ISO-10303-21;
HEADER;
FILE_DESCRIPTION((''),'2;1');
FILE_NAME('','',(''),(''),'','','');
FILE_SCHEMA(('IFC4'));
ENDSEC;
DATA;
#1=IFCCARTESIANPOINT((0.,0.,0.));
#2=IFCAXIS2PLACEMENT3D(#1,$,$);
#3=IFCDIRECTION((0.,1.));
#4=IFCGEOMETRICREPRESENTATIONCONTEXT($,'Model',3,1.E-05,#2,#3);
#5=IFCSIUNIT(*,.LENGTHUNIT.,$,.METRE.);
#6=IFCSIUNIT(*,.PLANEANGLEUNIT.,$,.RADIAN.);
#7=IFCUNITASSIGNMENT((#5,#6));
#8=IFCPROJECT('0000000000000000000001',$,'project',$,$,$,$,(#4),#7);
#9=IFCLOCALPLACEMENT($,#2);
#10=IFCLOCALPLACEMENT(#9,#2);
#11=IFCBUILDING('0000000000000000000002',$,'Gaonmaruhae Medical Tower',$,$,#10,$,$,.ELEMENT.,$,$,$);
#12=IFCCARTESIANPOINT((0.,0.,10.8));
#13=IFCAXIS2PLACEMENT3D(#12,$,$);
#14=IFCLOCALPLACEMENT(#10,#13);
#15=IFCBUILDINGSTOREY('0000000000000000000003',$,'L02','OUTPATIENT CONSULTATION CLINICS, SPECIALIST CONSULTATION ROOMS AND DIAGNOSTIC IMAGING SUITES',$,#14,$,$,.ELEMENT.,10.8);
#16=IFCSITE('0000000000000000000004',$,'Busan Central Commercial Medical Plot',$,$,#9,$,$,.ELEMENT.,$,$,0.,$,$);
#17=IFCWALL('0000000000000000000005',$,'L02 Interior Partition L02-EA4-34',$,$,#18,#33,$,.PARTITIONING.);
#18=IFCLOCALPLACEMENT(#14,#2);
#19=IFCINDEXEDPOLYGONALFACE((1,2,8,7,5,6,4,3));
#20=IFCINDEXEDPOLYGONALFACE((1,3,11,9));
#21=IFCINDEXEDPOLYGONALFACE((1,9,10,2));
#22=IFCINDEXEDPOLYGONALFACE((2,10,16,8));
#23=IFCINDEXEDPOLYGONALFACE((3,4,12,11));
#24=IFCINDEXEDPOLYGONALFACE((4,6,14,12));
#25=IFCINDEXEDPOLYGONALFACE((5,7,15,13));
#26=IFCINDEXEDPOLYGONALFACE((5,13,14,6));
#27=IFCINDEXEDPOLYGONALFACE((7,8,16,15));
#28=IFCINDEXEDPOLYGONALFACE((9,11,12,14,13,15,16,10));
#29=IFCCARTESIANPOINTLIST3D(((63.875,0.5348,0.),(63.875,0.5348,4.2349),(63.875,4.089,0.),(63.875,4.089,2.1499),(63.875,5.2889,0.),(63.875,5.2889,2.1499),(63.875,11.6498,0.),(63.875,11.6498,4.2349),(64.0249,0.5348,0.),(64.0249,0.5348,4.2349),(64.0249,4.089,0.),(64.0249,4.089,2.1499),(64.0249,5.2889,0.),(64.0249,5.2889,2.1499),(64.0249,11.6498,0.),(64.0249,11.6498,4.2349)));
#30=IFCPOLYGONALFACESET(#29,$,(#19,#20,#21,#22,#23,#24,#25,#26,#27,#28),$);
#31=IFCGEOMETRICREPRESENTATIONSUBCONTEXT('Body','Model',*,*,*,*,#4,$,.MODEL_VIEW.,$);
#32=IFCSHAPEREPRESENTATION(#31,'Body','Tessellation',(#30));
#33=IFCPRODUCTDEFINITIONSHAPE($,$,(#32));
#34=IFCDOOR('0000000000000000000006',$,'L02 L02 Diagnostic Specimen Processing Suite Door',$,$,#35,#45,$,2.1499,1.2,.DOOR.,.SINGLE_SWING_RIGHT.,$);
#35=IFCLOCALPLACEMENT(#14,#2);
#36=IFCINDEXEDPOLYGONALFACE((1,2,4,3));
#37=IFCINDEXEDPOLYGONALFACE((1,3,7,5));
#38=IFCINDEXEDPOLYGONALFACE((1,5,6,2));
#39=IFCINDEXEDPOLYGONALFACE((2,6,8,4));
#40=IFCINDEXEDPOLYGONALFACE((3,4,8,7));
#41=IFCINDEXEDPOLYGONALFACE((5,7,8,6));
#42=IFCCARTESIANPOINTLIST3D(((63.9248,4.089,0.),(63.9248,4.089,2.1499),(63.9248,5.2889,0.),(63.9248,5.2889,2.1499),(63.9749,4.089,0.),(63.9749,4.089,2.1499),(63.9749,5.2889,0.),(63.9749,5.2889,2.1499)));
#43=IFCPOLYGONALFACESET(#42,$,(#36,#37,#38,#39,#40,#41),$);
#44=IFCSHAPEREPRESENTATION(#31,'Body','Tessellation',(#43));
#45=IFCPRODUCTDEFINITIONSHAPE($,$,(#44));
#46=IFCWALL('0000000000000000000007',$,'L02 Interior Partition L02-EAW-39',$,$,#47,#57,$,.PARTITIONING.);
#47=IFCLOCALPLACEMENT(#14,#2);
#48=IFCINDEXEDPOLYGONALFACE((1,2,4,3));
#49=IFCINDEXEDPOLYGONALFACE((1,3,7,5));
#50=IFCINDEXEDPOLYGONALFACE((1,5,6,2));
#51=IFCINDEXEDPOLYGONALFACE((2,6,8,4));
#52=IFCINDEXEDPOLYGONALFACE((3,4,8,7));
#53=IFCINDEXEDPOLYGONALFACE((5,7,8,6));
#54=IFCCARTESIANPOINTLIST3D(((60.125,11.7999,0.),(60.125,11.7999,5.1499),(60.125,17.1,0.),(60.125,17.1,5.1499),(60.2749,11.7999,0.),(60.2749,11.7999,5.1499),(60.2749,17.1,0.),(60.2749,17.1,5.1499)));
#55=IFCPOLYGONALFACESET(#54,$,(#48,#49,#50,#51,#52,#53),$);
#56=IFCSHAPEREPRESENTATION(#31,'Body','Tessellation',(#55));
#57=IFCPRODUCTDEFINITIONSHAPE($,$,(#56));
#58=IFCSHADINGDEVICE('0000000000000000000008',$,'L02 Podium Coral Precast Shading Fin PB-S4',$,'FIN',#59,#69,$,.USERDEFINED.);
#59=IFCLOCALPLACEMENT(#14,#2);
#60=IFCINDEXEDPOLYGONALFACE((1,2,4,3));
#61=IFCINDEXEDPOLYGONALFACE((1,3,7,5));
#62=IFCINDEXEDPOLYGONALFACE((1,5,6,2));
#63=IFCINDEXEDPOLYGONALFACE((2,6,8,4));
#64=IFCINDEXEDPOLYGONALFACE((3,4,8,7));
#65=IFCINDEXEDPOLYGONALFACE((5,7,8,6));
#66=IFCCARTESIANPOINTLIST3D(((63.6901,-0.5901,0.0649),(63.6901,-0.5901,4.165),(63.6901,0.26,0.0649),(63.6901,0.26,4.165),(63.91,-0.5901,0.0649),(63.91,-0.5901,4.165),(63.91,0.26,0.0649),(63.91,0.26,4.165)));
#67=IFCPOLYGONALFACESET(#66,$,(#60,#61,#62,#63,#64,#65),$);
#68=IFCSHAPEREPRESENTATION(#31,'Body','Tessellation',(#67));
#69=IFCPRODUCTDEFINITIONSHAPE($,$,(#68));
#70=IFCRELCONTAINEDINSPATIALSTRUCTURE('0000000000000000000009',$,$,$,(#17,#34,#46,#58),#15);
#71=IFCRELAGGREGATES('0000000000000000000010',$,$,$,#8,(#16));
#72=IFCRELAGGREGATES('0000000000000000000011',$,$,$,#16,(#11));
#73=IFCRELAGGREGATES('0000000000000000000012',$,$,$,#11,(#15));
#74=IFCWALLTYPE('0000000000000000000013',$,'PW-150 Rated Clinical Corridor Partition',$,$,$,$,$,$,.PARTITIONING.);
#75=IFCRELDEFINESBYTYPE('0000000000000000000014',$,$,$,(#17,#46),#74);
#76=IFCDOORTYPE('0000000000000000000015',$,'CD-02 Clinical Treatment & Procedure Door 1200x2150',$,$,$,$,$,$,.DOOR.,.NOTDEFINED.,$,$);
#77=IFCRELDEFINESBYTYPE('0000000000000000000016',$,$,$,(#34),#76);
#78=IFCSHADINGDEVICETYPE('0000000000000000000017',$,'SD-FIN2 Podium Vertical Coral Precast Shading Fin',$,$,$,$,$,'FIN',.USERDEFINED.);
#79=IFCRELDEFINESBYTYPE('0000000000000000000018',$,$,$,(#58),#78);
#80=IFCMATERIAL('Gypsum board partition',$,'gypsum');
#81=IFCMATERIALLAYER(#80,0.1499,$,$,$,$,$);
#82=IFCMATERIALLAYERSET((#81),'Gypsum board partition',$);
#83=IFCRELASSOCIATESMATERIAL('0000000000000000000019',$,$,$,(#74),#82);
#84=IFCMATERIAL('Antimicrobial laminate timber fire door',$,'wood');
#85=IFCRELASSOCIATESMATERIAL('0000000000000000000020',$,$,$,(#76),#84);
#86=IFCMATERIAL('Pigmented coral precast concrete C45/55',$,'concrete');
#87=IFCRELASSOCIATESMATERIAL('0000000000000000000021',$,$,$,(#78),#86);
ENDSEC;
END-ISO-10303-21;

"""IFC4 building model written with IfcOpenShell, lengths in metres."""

from ifc_helpers import new_model, si_unit, direction, frame, frame_2d, origin, origin_2d, place, context, subcontext, project, spatial, rectangle, extrude, material, layer, layer_set, type_object, element, fill, save


model = new_model("IFC4")

# Units and contexts
model_context = context("Model", 3, precision=1e-05, world=origin(), true_north=direction((0.0, 1.0)))
body_context = subcontext(model_context, "Body", "Model", "MODEL_VIEW")
ifc_project = project(units=[si_unit("LENGTHUNIT", "METRE"), si_unit("PLANEANGLEUNIT", "RADIAN")], contexts=[model_context])

# Site, building, storey
site_placement = place(None, origin())
site = spatial("IfcSite", under=ifc_project, at=site_placement, Name="Busan Central Commercial Medical Plot", CompositionType="ELEMENT", RefElevation=0.0)
building_placement = place(site_placement, origin())
building = spatial("IfcBuilding", under=site, at=building_placement, Name="Gaonmaruhae Medical Tower", CompositionType="ELEMENT")
storey_placement = place(building_placement, frame((0.0, 0.0, 10.8)))
storey = spatial("IfcBuildingStorey", under=building, at=storey_placement, Name="L02", Description="OUTPATIENT CONSULTATION CLINICS, SPECIALIST CONSULTATION ROOMS AND DIAGNOSTIC IMAGING SUITES", CompositionType="ELEMENT", Elevation=10.8)

# Shared definitions
ifc_material_1 = material(Name="Gypsum board partition", Category="gypsum")
ifc_layer_1 = layer(ifc_material_1, 0.1499)
ifc_layer_set_1 = layer_set([ifc_layer_1], Name="Gypsum board partition")
wall_type_1 = type_object("IfcWallType", Name="PW-150 Rated Clinical Corridor Partition", PredefinedType="PARTITIONING", material=ifc_layer_set_1)

# Wall, opening, door
ifc_material_2 = material(Name="Antimicrobial laminate timber fire door", Category="wood")
door_type = type_object("IfcDoorType", Name="CD-02 Clinical Treatment & Procedure Door 1200x2150", OperationType="NOTDEFINED", PredefinedType="DOOR", material=ifc_material_2)
wall_1_placement = place(storey_placement, frame((63.95, 11.6499, 0.0), z_axis=(0.0, 0.0, 1.0), x_axis=(0.0, -1.0, 0.0)))
wall_1 = element("IfcWall", 1, at=wall_1_placement, inside=storey, type_object=wall_type_1, Name="L02 Interior Partition L02-EA4-34", PredefinedType="PARTITIONING", context=body_context, shape_type="SweptSolid", body=[
    extrude(rectangle(XDim=11.115, YDim=0.1499, at=frame_2d((5.5576, 0.0))), origin(), (0.0, 0.0, 1.0), 4.2349),
])
opening_1_placement = place(wall_1_placement, frame((6.3608, 0.0, 0.0)))
opening_1 = element("IfcOpeningElement", 2, at=opening_1_placement, cuts=wall_1, PredefinedType="OPENING", context=body_context, shape_type="SweptSolid", body=[
    extrude(rectangle(XDim=1.2, YDim=2.1499, at=frame_2d((0.6001, 1.075))), frame((0.0, 0.085, 0.0), z_axis=(0.0, -1.0, 0.0), x_axis=(1.0, 0.0, 0.0)), (0.0, 0.0, 1.0), 0.1699),
])
door_1_placement = place(opening_1_placement, origin())
door_1 = element("IfcDoor", 3, at=door_1_placement, inside=storey, type_object=door_type, Name="L02 L02 Diagnostic Specimen Processing Suite Door", OperationType="SINGLE_SWING_RIGHT", OverallHeight=2.1499, OverallWidth=1.2, PredefinedType="DOOR", context=body_context, shape_type="SweptSolid", body=[
    extrude(rectangle(XDim=1.2, YDim=2.1499, at=frame_2d((0.6001, 1.075))), frame((0.0, 0.0249, 0.0), z_axis=(0.0, -1.0, 0.0), x_axis=(1.0, 0.0, 0.0)), (0.0, 0.0, 1.0), 0.05),
])
fill(opening_1, door_1)

# Wall
wall_2_placement = place(storey_placement, frame((60.2, 11.8, 0.0), z_axis=(0.0, 0.0, 1.0), x_axis=(0.0, 1.0, 0.0)))
element("IfcWall", 4, at=wall_2_placement, inside=storey, type_object=wall_type_1, Name="L02 Interior Partition L02-EAW-39", PredefinedType="PARTITIONING", context=body_context, shape_type="SweptSolid", body=[
    extrude(rectangle(XDim=5.3, YDim=0.1499, at=frame_2d((2.6499, 0.0))), origin(), (0.0, 0.0, 1.0), 5.1499),
])

# Shading device
ifc_material_3 = material(Name="Pigmented coral precast concrete C45/55", Category="concrete")
shading_device_type = type_object("IfcShadingDeviceType", Name="SD-FIN2 Podium Vertical Coral Precast Shading Fin", ElementType="FIN", PredefinedType="USERDEFINED", material=ifc_material_3)
shading_device_placement = place(storey_placement, frame((63.8, -0.165, 0.0649), z_axis=(0.0, 0.0, 1.0), x_axis=(-1.0, 0.0, 0.0)))
element("IfcShadingDevice", 5, at=shading_device_placement, inside=storey, type_object=shading_device_type, Name="L02 Podium Coral Precast Shading Fin PB-S4", ObjectType="FIN", PredefinedType="USERDEFINED", context=body_context, shape_type="SweptSolid", body=[
    extrude(rectangle(XDim=0.22, YDim=0.8501, at=origin_2d()), origin(), (0.0, 0.0, 1.0), 4.1001),
])

save(model, "model.ifc")
